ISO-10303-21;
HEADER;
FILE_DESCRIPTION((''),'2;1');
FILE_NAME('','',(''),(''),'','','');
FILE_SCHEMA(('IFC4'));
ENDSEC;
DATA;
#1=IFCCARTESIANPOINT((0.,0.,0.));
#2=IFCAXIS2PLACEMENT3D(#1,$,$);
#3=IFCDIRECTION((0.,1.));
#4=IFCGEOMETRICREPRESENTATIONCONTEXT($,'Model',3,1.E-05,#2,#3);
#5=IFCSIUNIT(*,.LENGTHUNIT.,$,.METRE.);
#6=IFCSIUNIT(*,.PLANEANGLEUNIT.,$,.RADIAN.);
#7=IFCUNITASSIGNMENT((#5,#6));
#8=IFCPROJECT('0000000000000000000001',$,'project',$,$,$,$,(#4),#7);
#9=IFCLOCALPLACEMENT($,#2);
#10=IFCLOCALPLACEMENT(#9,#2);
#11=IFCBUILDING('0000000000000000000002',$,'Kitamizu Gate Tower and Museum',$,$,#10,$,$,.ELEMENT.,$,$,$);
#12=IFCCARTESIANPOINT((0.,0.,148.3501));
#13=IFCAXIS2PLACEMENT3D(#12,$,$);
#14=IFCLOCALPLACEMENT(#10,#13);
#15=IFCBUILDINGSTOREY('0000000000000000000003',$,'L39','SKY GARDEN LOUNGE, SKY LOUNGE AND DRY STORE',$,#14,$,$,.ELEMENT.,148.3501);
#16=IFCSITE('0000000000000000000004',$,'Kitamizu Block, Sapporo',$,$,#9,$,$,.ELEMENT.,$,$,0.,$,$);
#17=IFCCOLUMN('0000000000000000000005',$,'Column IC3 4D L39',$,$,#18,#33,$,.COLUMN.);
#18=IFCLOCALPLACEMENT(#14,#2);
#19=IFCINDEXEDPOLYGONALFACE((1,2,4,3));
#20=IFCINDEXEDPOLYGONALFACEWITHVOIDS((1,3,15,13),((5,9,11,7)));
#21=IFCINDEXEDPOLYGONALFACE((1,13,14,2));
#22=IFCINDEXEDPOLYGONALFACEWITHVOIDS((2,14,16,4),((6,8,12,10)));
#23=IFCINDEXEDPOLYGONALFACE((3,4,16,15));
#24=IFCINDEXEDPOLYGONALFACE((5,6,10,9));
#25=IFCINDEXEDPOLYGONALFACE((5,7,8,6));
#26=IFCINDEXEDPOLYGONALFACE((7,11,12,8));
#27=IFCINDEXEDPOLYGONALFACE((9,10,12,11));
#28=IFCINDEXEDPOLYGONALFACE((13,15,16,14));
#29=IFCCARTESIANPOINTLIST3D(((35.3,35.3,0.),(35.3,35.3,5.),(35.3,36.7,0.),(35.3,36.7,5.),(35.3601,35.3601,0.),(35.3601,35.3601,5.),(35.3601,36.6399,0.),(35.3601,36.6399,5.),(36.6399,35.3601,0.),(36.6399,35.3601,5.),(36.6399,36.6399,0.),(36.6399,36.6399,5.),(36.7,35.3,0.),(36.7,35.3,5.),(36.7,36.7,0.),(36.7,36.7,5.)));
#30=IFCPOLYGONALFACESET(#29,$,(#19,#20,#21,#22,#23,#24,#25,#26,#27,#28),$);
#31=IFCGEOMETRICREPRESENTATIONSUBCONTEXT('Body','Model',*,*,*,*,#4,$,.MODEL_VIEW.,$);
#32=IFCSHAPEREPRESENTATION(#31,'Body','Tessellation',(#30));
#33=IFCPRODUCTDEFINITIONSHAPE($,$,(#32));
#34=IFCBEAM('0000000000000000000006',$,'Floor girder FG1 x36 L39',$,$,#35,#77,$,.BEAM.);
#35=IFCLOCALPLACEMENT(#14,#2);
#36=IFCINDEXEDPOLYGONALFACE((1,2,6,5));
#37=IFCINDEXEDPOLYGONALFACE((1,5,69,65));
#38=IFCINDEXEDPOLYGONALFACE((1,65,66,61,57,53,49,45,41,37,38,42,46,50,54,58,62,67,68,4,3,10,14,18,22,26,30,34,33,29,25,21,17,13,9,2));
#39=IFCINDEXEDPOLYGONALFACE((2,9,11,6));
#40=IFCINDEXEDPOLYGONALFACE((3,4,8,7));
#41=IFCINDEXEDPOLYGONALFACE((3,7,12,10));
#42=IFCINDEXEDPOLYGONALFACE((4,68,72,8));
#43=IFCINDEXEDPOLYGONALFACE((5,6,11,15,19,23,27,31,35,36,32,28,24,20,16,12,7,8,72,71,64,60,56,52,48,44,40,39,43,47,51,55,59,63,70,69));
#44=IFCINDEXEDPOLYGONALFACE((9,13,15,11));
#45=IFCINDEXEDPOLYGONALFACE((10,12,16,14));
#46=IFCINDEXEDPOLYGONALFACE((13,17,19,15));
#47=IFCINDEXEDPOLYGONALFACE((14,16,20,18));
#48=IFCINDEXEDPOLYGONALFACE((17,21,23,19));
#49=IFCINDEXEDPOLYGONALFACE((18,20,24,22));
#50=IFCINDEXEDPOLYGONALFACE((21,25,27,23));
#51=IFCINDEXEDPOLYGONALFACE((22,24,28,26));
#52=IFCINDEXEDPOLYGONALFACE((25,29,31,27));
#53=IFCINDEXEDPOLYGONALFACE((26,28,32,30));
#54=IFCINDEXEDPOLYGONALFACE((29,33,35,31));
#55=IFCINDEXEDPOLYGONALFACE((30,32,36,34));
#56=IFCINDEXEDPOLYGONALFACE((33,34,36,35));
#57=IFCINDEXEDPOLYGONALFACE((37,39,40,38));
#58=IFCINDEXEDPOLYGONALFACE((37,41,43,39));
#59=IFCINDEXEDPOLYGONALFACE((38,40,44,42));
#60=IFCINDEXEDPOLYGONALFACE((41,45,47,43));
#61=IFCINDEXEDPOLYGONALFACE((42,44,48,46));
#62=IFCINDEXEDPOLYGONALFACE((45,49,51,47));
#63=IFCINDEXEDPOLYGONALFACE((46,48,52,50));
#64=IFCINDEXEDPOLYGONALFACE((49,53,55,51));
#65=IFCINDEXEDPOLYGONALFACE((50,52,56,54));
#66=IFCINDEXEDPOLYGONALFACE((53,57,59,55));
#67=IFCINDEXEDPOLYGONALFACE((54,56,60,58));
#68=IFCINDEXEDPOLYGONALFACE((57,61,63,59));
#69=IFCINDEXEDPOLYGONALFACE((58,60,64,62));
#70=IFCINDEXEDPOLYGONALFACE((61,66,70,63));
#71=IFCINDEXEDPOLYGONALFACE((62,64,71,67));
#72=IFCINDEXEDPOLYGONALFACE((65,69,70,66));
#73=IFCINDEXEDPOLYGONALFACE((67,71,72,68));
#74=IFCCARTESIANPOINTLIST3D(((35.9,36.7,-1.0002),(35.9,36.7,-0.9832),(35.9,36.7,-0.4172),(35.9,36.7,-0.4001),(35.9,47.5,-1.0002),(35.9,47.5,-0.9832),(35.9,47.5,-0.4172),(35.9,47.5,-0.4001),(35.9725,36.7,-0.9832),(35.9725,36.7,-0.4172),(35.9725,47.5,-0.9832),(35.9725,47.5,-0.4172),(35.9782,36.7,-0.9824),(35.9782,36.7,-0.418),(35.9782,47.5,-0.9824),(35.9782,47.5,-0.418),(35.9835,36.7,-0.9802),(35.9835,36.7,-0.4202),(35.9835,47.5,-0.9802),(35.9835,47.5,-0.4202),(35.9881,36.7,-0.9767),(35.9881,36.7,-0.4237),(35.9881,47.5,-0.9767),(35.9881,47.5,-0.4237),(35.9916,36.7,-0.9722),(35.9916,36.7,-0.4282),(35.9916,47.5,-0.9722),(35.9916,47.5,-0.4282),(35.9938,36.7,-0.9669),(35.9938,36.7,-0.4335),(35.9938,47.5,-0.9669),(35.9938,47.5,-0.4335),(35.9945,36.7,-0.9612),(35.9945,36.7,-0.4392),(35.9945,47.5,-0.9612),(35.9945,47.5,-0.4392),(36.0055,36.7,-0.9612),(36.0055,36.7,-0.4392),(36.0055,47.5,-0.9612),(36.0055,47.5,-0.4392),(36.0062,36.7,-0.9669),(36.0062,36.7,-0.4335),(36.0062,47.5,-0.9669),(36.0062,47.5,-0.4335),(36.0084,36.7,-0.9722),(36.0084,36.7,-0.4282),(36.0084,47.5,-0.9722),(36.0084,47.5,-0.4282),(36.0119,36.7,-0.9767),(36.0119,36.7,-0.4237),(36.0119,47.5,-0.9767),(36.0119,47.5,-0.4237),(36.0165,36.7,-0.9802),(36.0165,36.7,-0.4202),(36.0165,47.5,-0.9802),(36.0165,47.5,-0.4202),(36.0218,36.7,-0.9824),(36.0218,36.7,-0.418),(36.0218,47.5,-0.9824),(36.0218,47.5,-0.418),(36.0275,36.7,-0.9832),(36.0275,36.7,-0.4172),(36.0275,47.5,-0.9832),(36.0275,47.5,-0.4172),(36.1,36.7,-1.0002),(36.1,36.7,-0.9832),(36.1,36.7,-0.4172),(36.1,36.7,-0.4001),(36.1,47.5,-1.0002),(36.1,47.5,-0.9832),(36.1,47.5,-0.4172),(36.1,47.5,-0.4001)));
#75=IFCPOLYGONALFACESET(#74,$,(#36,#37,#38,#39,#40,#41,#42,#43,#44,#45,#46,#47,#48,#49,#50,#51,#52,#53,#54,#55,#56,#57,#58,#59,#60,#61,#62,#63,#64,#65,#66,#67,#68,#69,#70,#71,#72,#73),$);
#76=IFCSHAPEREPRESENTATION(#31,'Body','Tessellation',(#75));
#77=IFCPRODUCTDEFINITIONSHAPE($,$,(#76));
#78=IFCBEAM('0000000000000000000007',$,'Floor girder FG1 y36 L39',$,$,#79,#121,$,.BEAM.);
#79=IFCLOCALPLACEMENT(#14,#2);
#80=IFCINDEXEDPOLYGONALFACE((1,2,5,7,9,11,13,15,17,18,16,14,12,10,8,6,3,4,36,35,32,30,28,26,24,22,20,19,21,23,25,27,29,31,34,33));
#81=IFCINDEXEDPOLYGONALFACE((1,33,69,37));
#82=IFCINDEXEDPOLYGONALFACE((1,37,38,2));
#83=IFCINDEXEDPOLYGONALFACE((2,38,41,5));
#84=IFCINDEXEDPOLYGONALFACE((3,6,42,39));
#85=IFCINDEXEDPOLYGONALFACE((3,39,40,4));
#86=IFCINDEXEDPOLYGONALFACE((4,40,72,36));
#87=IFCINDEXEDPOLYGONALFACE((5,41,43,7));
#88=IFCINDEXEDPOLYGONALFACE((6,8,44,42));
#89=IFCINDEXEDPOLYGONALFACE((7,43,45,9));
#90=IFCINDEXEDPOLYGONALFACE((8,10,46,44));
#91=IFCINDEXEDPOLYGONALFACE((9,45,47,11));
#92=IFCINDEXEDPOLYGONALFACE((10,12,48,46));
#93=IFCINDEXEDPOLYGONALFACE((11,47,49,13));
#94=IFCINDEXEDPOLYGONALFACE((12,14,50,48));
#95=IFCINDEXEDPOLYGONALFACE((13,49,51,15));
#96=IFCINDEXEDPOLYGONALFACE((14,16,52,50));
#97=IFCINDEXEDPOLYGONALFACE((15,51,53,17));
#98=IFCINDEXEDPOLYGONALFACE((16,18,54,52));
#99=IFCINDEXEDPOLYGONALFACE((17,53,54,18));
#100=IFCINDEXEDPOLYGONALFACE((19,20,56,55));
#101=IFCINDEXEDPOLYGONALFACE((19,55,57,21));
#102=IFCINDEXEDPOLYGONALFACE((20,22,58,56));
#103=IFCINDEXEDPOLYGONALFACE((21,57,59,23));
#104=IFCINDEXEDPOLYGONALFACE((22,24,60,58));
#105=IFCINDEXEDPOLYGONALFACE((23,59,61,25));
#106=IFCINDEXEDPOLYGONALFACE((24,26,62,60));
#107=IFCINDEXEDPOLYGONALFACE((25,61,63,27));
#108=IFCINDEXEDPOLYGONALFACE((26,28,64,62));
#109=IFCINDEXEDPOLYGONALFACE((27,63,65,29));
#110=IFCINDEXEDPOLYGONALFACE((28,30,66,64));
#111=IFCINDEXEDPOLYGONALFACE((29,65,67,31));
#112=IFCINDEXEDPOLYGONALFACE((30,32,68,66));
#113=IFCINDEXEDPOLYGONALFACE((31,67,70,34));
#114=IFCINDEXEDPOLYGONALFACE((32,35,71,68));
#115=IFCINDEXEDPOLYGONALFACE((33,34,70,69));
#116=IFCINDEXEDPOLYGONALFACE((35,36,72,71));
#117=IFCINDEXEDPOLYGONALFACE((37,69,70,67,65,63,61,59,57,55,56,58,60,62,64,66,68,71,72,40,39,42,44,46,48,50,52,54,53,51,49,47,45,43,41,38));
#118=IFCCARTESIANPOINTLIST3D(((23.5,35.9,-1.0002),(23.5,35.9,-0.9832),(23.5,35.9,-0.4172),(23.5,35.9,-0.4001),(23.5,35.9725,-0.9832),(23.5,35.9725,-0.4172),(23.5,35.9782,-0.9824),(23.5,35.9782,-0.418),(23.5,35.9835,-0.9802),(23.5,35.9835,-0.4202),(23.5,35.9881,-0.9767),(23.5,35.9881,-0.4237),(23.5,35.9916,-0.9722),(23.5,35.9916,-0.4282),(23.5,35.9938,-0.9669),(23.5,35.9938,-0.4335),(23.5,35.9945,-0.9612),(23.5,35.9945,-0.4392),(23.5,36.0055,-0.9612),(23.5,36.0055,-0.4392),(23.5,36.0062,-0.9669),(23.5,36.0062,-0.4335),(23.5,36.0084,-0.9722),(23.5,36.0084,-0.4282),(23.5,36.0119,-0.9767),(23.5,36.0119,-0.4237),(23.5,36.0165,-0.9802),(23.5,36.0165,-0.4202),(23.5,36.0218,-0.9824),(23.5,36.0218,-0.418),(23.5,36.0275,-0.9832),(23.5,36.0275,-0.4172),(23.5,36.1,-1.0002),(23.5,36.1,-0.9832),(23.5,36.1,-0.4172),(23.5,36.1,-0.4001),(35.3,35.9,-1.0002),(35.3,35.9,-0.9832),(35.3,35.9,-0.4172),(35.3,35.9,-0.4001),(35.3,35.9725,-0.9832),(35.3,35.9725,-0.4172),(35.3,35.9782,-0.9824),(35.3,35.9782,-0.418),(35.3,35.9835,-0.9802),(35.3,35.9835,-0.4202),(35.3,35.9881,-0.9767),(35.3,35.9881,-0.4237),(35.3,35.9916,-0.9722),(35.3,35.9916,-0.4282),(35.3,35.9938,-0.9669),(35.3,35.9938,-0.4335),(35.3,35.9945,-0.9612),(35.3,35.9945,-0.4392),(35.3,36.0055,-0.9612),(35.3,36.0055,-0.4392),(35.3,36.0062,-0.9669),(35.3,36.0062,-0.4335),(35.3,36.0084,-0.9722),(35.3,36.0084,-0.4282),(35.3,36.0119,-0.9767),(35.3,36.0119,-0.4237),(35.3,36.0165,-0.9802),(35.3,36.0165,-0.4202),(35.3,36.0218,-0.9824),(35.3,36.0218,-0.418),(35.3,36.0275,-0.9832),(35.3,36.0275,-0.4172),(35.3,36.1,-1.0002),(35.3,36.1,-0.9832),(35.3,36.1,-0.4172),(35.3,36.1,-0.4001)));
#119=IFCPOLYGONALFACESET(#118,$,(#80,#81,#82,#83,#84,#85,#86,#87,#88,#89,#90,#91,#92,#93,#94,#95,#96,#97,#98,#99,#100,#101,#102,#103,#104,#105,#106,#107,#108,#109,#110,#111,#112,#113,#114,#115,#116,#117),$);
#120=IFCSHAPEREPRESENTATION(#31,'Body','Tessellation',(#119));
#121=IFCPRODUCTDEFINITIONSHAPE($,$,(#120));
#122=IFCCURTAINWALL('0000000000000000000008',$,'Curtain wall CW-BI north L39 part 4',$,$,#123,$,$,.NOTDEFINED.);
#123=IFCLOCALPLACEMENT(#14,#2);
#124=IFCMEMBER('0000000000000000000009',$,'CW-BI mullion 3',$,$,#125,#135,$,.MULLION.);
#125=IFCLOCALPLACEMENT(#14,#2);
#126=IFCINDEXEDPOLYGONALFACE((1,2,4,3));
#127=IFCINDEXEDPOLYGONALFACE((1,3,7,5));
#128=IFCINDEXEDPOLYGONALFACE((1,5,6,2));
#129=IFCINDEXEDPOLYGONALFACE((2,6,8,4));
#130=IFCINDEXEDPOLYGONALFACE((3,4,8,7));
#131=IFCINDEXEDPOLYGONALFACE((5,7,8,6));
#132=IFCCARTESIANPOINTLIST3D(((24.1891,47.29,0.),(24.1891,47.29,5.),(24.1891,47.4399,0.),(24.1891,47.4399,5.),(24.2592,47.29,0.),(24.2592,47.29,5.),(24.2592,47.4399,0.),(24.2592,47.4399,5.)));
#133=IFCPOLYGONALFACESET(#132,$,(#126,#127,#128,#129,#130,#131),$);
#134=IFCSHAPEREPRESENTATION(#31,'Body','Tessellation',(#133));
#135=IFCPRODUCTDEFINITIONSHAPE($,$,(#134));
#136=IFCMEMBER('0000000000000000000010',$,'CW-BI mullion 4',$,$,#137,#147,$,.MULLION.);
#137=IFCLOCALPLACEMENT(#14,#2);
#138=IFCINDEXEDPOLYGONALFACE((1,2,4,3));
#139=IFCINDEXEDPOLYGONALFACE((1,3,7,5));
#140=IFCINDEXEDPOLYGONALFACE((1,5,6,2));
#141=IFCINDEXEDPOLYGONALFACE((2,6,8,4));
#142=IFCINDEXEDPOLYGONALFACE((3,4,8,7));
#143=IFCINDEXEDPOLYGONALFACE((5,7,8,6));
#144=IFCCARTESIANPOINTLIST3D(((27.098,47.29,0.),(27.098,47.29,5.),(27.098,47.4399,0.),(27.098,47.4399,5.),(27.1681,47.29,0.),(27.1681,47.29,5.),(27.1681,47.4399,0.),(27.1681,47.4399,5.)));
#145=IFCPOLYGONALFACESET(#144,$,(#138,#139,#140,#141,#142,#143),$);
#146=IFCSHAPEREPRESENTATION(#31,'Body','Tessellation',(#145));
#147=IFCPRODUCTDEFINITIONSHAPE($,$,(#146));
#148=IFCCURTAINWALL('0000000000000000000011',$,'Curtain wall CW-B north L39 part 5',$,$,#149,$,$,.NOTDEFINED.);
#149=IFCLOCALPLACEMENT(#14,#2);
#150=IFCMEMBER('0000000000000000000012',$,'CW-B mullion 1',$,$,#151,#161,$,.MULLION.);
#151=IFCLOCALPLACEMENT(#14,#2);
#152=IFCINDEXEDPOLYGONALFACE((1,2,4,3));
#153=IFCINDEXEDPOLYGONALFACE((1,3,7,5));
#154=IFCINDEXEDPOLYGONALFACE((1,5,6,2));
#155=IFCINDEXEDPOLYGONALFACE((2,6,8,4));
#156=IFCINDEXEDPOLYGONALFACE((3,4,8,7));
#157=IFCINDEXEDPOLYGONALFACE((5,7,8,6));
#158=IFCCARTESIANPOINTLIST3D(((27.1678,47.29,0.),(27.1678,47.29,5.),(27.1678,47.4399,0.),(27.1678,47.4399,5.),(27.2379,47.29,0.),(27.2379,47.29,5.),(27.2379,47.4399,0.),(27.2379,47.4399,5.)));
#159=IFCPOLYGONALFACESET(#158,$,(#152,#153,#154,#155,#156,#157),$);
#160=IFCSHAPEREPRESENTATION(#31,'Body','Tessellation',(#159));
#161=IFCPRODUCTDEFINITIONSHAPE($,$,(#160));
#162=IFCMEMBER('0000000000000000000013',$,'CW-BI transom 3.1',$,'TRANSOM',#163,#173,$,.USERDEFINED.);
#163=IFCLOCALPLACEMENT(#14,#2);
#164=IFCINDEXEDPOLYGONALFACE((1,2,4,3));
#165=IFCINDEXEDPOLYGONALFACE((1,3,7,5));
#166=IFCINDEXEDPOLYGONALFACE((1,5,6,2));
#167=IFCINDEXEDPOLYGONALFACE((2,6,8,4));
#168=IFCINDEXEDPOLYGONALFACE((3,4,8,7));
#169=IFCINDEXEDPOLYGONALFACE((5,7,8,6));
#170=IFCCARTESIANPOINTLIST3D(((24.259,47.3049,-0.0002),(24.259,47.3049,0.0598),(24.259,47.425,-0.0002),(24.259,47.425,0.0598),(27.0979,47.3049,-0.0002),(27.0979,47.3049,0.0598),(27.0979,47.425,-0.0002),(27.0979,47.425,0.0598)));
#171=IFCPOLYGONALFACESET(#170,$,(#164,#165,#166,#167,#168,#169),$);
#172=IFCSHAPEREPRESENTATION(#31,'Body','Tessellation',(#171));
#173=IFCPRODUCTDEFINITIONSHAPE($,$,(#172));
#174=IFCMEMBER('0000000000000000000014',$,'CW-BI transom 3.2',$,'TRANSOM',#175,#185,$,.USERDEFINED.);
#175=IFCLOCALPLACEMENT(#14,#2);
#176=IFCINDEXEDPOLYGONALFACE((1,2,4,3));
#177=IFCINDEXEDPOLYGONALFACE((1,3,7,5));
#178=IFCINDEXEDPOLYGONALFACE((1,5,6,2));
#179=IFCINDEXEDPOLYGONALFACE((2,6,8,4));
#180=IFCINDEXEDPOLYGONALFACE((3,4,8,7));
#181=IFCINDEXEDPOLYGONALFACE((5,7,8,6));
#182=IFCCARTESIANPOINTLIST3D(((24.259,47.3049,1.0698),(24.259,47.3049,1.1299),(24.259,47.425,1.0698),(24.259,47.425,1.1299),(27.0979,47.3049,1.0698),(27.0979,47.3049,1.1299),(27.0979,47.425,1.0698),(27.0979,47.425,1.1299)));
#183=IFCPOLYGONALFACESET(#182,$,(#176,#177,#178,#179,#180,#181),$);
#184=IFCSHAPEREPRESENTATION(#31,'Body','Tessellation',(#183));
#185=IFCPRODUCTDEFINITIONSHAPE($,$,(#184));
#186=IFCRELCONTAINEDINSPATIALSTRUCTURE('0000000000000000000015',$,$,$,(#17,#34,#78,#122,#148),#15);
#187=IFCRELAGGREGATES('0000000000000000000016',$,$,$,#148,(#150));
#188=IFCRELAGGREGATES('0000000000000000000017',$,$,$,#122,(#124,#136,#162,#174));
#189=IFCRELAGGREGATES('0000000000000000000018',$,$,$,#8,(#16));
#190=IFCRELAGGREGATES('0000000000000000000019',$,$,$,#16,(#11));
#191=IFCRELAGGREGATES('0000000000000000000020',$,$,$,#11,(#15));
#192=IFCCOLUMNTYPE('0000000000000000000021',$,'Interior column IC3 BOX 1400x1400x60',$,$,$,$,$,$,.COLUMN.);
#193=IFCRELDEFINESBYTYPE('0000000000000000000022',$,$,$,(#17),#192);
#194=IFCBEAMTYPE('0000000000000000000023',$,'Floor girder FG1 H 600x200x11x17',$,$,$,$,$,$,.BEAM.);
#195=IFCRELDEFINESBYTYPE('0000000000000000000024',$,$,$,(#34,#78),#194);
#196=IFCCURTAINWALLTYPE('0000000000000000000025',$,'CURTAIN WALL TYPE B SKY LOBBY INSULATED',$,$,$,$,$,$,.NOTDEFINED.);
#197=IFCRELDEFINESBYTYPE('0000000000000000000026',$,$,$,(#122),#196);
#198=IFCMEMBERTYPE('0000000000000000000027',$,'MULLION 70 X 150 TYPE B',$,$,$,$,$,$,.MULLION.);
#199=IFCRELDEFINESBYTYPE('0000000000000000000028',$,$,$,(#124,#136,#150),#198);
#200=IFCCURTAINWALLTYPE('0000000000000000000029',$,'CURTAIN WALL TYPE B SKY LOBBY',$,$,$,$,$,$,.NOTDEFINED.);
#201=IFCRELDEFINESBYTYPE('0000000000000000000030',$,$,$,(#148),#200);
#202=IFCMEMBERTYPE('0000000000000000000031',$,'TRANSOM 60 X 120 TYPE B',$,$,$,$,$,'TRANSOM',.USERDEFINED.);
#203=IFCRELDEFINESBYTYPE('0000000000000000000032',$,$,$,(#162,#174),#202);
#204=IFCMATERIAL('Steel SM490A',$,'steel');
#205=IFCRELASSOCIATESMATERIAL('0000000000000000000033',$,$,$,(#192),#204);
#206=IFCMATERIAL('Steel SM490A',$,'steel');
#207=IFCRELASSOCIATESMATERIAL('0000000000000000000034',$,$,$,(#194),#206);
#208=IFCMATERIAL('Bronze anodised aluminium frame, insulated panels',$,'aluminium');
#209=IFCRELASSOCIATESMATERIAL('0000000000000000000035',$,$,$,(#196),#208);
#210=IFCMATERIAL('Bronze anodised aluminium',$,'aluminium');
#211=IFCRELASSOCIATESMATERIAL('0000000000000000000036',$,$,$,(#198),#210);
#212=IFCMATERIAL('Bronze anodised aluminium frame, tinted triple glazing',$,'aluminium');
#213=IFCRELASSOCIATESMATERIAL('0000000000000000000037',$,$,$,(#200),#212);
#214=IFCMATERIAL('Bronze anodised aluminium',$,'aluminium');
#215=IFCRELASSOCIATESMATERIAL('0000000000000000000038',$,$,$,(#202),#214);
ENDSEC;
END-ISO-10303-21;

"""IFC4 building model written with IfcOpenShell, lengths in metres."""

from ifc_helpers import new_model, si_unit, direction, frame, origin, origin_2d, place, context, subcontext, project, spatial, rectangle, hollow_rectangle, i_section, extrude, material, material_profile, profile_set, type_object, element, aggregate, save


model = new_model("IFC4")

# Units and contexts
model_context = context("Model", 3, precision=1e-05, world=origin(), true_north=direction((0.0, 1.0)))
body_context = subcontext(model_context, "Body", "Model", "MODEL_VIEW")
ifc_project = project(units=[si_unit("LENGTHUNIT", "METRE"), si_unit("PLANEANGLEUNIT", "RADIAN")], contexts=[model_context])

# Site, building, storey
site_placement = place(None, origin())
site = spatial("IfcSite", under=ifc_project, at=site_placement, Name="Kitamizu Block, Sapporo", CompositionType="ELEMENT", RefElevation=0.0)
building_placement = place(site_placement, origin())
building = spatial("IfcBuilding", under=site, at=building_placement, Name="Kitamizu Gate Tower and Museum", CompositionType="ELEMENT")
storey_placement = place(building_placement, frame((0.0, 0.0, 148.3501)))
storey = spatial("IfcBuildingStorey", under=building, at=storey_placement, Name="L39", Description="SKY GARDEN LOUNGE, SKY LOUNGE AND DRY STORE", CompositionType="ELEMENT", Elevation=148.3501)

# Column
ifc_material_1 = material(Name="Steel SM490A", Category="steel")
ifc_material_profile_1 = material_profile(ifc_material_1, hollow_rectangle(XDim=1.3999, YDim=1.3999, WallThickness=0.0601, at=origin_2d()), Name="BOX 1400x1400x60")
ifc_profile_set_1 = profile_set([ifc_material_profile_1], Name="Steel SM490A")
column_type = type_object("IfcColumnType", Name="Interior column IC3 BOX 1400x1400x60", PredefinedType="COLUMN", material=ifc_profile_set_1)
column_placement = place(storey_placement, frame((36.0, 36.0, 0.0), z_axis=(0.0, 0.0, 1.0), x_axis=(1.0, 0.0, 0.0)))
element("IfcColumn", 1, at=column_placement, inside=storey, type_object=column_type, Name="Column IC3 4D L39", PredefinedType="COLUMN", context=body_context, shape_type="SweptSolid", body=[
    extrude(hollow_rectangle(XDim=1.3999, YDim=1.3999, WallThickness=0.0601, at=origin_2d()), origin(), (0.0, 0.0, 1.0), 5.0),
])

# Beams
ifc_material_2 = material(Name="Steel SM490A", Category="steel")
ifc_material_profile_2 = material_profile(ifc_material_2, i_section(OverallWidth=0.2, OverallDepth=0.6001, WebThickness=0.011, FlangeThickness=0.0171, FilletRadius=0.022, at=origin_2d()), Name="H-600x200x11x17")
ifc_profile_set_2 = profile_set([ifc_material_profile_2], Name="Steel SM490A")
beam_type = type_object("IfcBeamType", Name="Floor girder FG1 H 600x200x11x17", PredefinedType="BEAM", material=ifc_profile_set_2)
beam_1_placement = place(storey_placement, frame((36.0, 36.7, -0.7002), z_axis=(0.0, 1.0, 0.0), x_axis=(-1.0, 0.0, 0.0)))
element("IfcBeam", 2, at=beam_1_placement, inside=storey, type_object=beam_type, Name="Floor girder FG1 x36 L39", PredefinedType="BEAM", context=body_context, shape_type="SweptSolid", body=[
    extrude(i_section(OverallWidth=0.2, OverallDepth=0.6001, WebThickness=0.011, FlangeThickness=0.0171, FilletRadius=0.022, at=origin_2d()), origin(), (0.0, 0.0, 1.0), 10.8),
])
beam_2_placement = place(storey_placement, frame((23.5, 36.0, -0.7002), z_axis=(1.0, 0.0, 0.0), x_axis=(0.0, 1.0, 0.0)))
element("IfcBeam", 3, at=beam_2_placement, inside=storey, type_object=beam_type, Name="Floor girder FG1 y36 L39", PredefinedType="BEAM", context=body_context, shape_type="SweptSolid", body=[
    extrude(i_section(OverallWidth=0.2, OverallDepth=0.6001, WebThickness=0.011, FlangeThickness=0.0171, FilletRadius=0.022, at=origin_2d()), origin(), (0.0, 0.0, 1.0), 11.8),
])

# Curtain wall, members
ifc_material_3 = material(Name="Bronze anodised aluminium frame, insulated panels", Category="aluminium")
curtain_wall_type_1 = type_object("IfcCurtainWallType", Name="CURTAIN WALL TYPE B SKY LOBBY INSULATED", PredefinedType="NOTDEFINED", material=ifc_material_3)
curtain_wall_1_placement = place(storey_placement, origin())
curtain_wall_1 = element("IfcCurtainWall", 4, at=curtain_wall_1_placement, inside=storey, type_object=curtain_wall_type_1, Name="Curtain wall CW-BI north L39 part 4", PredefinedType="NOTDEFINED")
ifc_material_4 = material(Name="Bronze anodised aluminium", Category="aluminium")
ifc_material_profile_3 = material_profile(ifc_material_4, rectangle(XDim=0.0701, YDim=0.1499, at=origin_2d()), Name="AL 70X150")
ifc_profile_set_3 = profile_set([ifc_material_profile_3], Name="Bronze anodised aluminium")
member_type_1 = type_object("IfcMemberType", Name="MULLION 70 X 150 TYPE B", PredefinedType="MULLION", material=ifc_profile_set_3)
member_1_placement = place(storey_placement, frame((24.2241, 47.365, 0.0), z_axis=(0.0, 0.0, 1.0), x_axis=(1.0, 0.0, 0.0)))
member_1 = element("IfcMember", 5, at=member_1_placement, type_object=member_type_1, Name="CW-BI mullion 3", PredefinedType="MULLION", context=body_context, shape_type="SweptSolid", body=[
    extrude(rectangle(XDim=0.0701, YDim=0.1499, at=origin_2d()), origin(), (0.0, 0.0, 1.0), 5.0),
])
member_2_placement = place(storey_placement, frame((27.1331, 47.365, 0.0), z_axis=(0.0, 0.0, 1.0), x_axis=(1.0, 0.0, 0.0)))
member_2 = element("IfcMember", 6, at=member_2_placement, type_object=member_type_1, Name="CW-BI mullion 4", PredefinedType="MULLION", context=body_context, shape_type="SweptSolid", body=[
    extrude(rectangle(XDim=0.0701, YDim=0.1499, at=origin_2d()), origin(), (0.0, 0.0, 1.0), 5.0),
])

# Curtain wall, member
ifc_material_5 = material(Name="Bronze anodised aluminium frame, tinted triple glazing", Category="aluminium")
curtain_wall_type_2 = type_object("IfcCurtainWallType", Name="CURTAIN WALL TYPE B SKY LOBBY", PredefinedType="NOTDEFINED", material=ifc_material_5)
curtain_wall_2_placement = place(storey_placement, origin())
curtain_wall_2 = element("IfcCurtainWall", 7, at=curtain_wall_2_placement, inside=storey, type_object=curtain_wall_type_2, Name="Curtain wall CW-B north L39 part 5", PredefinedType="NOTDEFINED")
member_3_placement = place(storey_placement, frame((27.2029, 47.365, 0.0), z_axis=(0.0, 0.0, 1.0), x_axis=(1.0, 0.0, 0.0)))
member_3 = element("IfcMember", 8, at=member_3_placement, type_object=member_type_1, Name="CW-B mullion 1", PredefinedType="MULLION", context=body_context, shape_type="SweptSolid", body=[
    extrude(rectangle(XDim=0.0701, YDim=0.1499, at=origin_2d()), origin(), (0.0, 0.0, 1.0), 5.0),
])

# Members
ifc_material_6 = material(Name="Bronze anodised aluminium", Category="aluminium")
ifc_material_profile_4 = material_profile(ifc_material_6, rectangle(XDim=0.1201, YDim=0.0601, at=origin_2d()), Name="AL 60X120")
ifc_profile_set_4 = profile_set([ifc_material_profile_4], Name="Bronze anodised aluminium")
member_type_2 = type_object("IfcMemberType", Name="TRANSOM 60 X 120 TYPE B", ElementType="TRANSOM", PredefinedType="USERDEFINED", material=ifc_profile_set_4)
member_4_placement = place(storey_placement, frame((24.259, 47.365, 0.0298), z_axis=(1.0, 0.0, 0.0), x_axis=(0.0, 1.0, 0.0)))
member_4 = element("IfcMember", 9, at=member_4_placement, type_object=member_type_2, Name="CW-BI transom 3.1", ObjectType="TRANSOM", PredefinedType="USERDEFINED", context=body_context, shape_type="SweptSolid", body=[
    extrude(rectangle(XDim=0.1201, YDim=0.0601, at=origin_2d()), origin(), (0.0, 0.0, 1.0), 2.8389),
])
member_5_placement = place(storey_placement, frame((24.259, 47.365, 1.0999), z_axis=(1.0, 0.0, 0.0), x_axis=(0.0, 1.0, 0.0)))
member_5 = element("IfcMember", 10, at=member_5_placement, type_object=member_type_2, Name="CW-BI transom 3.2", ObjectType="TRANSOM", PredefinedType="USERDEFINED", context=body_context, shape_type="SweptSolid", body=[
    extrude(rectangle(XDim=0.1201, YDim=0.0601, at=origin_2d()), origin(), (0.0, 0.0, 1.0), 2.8389),
])
aggregate(curtain_wall_2, [member_3])

aggregate(curtain_wall_1, [member_1, member_2, member_4, member_5])

save(model, "model.ifc")
